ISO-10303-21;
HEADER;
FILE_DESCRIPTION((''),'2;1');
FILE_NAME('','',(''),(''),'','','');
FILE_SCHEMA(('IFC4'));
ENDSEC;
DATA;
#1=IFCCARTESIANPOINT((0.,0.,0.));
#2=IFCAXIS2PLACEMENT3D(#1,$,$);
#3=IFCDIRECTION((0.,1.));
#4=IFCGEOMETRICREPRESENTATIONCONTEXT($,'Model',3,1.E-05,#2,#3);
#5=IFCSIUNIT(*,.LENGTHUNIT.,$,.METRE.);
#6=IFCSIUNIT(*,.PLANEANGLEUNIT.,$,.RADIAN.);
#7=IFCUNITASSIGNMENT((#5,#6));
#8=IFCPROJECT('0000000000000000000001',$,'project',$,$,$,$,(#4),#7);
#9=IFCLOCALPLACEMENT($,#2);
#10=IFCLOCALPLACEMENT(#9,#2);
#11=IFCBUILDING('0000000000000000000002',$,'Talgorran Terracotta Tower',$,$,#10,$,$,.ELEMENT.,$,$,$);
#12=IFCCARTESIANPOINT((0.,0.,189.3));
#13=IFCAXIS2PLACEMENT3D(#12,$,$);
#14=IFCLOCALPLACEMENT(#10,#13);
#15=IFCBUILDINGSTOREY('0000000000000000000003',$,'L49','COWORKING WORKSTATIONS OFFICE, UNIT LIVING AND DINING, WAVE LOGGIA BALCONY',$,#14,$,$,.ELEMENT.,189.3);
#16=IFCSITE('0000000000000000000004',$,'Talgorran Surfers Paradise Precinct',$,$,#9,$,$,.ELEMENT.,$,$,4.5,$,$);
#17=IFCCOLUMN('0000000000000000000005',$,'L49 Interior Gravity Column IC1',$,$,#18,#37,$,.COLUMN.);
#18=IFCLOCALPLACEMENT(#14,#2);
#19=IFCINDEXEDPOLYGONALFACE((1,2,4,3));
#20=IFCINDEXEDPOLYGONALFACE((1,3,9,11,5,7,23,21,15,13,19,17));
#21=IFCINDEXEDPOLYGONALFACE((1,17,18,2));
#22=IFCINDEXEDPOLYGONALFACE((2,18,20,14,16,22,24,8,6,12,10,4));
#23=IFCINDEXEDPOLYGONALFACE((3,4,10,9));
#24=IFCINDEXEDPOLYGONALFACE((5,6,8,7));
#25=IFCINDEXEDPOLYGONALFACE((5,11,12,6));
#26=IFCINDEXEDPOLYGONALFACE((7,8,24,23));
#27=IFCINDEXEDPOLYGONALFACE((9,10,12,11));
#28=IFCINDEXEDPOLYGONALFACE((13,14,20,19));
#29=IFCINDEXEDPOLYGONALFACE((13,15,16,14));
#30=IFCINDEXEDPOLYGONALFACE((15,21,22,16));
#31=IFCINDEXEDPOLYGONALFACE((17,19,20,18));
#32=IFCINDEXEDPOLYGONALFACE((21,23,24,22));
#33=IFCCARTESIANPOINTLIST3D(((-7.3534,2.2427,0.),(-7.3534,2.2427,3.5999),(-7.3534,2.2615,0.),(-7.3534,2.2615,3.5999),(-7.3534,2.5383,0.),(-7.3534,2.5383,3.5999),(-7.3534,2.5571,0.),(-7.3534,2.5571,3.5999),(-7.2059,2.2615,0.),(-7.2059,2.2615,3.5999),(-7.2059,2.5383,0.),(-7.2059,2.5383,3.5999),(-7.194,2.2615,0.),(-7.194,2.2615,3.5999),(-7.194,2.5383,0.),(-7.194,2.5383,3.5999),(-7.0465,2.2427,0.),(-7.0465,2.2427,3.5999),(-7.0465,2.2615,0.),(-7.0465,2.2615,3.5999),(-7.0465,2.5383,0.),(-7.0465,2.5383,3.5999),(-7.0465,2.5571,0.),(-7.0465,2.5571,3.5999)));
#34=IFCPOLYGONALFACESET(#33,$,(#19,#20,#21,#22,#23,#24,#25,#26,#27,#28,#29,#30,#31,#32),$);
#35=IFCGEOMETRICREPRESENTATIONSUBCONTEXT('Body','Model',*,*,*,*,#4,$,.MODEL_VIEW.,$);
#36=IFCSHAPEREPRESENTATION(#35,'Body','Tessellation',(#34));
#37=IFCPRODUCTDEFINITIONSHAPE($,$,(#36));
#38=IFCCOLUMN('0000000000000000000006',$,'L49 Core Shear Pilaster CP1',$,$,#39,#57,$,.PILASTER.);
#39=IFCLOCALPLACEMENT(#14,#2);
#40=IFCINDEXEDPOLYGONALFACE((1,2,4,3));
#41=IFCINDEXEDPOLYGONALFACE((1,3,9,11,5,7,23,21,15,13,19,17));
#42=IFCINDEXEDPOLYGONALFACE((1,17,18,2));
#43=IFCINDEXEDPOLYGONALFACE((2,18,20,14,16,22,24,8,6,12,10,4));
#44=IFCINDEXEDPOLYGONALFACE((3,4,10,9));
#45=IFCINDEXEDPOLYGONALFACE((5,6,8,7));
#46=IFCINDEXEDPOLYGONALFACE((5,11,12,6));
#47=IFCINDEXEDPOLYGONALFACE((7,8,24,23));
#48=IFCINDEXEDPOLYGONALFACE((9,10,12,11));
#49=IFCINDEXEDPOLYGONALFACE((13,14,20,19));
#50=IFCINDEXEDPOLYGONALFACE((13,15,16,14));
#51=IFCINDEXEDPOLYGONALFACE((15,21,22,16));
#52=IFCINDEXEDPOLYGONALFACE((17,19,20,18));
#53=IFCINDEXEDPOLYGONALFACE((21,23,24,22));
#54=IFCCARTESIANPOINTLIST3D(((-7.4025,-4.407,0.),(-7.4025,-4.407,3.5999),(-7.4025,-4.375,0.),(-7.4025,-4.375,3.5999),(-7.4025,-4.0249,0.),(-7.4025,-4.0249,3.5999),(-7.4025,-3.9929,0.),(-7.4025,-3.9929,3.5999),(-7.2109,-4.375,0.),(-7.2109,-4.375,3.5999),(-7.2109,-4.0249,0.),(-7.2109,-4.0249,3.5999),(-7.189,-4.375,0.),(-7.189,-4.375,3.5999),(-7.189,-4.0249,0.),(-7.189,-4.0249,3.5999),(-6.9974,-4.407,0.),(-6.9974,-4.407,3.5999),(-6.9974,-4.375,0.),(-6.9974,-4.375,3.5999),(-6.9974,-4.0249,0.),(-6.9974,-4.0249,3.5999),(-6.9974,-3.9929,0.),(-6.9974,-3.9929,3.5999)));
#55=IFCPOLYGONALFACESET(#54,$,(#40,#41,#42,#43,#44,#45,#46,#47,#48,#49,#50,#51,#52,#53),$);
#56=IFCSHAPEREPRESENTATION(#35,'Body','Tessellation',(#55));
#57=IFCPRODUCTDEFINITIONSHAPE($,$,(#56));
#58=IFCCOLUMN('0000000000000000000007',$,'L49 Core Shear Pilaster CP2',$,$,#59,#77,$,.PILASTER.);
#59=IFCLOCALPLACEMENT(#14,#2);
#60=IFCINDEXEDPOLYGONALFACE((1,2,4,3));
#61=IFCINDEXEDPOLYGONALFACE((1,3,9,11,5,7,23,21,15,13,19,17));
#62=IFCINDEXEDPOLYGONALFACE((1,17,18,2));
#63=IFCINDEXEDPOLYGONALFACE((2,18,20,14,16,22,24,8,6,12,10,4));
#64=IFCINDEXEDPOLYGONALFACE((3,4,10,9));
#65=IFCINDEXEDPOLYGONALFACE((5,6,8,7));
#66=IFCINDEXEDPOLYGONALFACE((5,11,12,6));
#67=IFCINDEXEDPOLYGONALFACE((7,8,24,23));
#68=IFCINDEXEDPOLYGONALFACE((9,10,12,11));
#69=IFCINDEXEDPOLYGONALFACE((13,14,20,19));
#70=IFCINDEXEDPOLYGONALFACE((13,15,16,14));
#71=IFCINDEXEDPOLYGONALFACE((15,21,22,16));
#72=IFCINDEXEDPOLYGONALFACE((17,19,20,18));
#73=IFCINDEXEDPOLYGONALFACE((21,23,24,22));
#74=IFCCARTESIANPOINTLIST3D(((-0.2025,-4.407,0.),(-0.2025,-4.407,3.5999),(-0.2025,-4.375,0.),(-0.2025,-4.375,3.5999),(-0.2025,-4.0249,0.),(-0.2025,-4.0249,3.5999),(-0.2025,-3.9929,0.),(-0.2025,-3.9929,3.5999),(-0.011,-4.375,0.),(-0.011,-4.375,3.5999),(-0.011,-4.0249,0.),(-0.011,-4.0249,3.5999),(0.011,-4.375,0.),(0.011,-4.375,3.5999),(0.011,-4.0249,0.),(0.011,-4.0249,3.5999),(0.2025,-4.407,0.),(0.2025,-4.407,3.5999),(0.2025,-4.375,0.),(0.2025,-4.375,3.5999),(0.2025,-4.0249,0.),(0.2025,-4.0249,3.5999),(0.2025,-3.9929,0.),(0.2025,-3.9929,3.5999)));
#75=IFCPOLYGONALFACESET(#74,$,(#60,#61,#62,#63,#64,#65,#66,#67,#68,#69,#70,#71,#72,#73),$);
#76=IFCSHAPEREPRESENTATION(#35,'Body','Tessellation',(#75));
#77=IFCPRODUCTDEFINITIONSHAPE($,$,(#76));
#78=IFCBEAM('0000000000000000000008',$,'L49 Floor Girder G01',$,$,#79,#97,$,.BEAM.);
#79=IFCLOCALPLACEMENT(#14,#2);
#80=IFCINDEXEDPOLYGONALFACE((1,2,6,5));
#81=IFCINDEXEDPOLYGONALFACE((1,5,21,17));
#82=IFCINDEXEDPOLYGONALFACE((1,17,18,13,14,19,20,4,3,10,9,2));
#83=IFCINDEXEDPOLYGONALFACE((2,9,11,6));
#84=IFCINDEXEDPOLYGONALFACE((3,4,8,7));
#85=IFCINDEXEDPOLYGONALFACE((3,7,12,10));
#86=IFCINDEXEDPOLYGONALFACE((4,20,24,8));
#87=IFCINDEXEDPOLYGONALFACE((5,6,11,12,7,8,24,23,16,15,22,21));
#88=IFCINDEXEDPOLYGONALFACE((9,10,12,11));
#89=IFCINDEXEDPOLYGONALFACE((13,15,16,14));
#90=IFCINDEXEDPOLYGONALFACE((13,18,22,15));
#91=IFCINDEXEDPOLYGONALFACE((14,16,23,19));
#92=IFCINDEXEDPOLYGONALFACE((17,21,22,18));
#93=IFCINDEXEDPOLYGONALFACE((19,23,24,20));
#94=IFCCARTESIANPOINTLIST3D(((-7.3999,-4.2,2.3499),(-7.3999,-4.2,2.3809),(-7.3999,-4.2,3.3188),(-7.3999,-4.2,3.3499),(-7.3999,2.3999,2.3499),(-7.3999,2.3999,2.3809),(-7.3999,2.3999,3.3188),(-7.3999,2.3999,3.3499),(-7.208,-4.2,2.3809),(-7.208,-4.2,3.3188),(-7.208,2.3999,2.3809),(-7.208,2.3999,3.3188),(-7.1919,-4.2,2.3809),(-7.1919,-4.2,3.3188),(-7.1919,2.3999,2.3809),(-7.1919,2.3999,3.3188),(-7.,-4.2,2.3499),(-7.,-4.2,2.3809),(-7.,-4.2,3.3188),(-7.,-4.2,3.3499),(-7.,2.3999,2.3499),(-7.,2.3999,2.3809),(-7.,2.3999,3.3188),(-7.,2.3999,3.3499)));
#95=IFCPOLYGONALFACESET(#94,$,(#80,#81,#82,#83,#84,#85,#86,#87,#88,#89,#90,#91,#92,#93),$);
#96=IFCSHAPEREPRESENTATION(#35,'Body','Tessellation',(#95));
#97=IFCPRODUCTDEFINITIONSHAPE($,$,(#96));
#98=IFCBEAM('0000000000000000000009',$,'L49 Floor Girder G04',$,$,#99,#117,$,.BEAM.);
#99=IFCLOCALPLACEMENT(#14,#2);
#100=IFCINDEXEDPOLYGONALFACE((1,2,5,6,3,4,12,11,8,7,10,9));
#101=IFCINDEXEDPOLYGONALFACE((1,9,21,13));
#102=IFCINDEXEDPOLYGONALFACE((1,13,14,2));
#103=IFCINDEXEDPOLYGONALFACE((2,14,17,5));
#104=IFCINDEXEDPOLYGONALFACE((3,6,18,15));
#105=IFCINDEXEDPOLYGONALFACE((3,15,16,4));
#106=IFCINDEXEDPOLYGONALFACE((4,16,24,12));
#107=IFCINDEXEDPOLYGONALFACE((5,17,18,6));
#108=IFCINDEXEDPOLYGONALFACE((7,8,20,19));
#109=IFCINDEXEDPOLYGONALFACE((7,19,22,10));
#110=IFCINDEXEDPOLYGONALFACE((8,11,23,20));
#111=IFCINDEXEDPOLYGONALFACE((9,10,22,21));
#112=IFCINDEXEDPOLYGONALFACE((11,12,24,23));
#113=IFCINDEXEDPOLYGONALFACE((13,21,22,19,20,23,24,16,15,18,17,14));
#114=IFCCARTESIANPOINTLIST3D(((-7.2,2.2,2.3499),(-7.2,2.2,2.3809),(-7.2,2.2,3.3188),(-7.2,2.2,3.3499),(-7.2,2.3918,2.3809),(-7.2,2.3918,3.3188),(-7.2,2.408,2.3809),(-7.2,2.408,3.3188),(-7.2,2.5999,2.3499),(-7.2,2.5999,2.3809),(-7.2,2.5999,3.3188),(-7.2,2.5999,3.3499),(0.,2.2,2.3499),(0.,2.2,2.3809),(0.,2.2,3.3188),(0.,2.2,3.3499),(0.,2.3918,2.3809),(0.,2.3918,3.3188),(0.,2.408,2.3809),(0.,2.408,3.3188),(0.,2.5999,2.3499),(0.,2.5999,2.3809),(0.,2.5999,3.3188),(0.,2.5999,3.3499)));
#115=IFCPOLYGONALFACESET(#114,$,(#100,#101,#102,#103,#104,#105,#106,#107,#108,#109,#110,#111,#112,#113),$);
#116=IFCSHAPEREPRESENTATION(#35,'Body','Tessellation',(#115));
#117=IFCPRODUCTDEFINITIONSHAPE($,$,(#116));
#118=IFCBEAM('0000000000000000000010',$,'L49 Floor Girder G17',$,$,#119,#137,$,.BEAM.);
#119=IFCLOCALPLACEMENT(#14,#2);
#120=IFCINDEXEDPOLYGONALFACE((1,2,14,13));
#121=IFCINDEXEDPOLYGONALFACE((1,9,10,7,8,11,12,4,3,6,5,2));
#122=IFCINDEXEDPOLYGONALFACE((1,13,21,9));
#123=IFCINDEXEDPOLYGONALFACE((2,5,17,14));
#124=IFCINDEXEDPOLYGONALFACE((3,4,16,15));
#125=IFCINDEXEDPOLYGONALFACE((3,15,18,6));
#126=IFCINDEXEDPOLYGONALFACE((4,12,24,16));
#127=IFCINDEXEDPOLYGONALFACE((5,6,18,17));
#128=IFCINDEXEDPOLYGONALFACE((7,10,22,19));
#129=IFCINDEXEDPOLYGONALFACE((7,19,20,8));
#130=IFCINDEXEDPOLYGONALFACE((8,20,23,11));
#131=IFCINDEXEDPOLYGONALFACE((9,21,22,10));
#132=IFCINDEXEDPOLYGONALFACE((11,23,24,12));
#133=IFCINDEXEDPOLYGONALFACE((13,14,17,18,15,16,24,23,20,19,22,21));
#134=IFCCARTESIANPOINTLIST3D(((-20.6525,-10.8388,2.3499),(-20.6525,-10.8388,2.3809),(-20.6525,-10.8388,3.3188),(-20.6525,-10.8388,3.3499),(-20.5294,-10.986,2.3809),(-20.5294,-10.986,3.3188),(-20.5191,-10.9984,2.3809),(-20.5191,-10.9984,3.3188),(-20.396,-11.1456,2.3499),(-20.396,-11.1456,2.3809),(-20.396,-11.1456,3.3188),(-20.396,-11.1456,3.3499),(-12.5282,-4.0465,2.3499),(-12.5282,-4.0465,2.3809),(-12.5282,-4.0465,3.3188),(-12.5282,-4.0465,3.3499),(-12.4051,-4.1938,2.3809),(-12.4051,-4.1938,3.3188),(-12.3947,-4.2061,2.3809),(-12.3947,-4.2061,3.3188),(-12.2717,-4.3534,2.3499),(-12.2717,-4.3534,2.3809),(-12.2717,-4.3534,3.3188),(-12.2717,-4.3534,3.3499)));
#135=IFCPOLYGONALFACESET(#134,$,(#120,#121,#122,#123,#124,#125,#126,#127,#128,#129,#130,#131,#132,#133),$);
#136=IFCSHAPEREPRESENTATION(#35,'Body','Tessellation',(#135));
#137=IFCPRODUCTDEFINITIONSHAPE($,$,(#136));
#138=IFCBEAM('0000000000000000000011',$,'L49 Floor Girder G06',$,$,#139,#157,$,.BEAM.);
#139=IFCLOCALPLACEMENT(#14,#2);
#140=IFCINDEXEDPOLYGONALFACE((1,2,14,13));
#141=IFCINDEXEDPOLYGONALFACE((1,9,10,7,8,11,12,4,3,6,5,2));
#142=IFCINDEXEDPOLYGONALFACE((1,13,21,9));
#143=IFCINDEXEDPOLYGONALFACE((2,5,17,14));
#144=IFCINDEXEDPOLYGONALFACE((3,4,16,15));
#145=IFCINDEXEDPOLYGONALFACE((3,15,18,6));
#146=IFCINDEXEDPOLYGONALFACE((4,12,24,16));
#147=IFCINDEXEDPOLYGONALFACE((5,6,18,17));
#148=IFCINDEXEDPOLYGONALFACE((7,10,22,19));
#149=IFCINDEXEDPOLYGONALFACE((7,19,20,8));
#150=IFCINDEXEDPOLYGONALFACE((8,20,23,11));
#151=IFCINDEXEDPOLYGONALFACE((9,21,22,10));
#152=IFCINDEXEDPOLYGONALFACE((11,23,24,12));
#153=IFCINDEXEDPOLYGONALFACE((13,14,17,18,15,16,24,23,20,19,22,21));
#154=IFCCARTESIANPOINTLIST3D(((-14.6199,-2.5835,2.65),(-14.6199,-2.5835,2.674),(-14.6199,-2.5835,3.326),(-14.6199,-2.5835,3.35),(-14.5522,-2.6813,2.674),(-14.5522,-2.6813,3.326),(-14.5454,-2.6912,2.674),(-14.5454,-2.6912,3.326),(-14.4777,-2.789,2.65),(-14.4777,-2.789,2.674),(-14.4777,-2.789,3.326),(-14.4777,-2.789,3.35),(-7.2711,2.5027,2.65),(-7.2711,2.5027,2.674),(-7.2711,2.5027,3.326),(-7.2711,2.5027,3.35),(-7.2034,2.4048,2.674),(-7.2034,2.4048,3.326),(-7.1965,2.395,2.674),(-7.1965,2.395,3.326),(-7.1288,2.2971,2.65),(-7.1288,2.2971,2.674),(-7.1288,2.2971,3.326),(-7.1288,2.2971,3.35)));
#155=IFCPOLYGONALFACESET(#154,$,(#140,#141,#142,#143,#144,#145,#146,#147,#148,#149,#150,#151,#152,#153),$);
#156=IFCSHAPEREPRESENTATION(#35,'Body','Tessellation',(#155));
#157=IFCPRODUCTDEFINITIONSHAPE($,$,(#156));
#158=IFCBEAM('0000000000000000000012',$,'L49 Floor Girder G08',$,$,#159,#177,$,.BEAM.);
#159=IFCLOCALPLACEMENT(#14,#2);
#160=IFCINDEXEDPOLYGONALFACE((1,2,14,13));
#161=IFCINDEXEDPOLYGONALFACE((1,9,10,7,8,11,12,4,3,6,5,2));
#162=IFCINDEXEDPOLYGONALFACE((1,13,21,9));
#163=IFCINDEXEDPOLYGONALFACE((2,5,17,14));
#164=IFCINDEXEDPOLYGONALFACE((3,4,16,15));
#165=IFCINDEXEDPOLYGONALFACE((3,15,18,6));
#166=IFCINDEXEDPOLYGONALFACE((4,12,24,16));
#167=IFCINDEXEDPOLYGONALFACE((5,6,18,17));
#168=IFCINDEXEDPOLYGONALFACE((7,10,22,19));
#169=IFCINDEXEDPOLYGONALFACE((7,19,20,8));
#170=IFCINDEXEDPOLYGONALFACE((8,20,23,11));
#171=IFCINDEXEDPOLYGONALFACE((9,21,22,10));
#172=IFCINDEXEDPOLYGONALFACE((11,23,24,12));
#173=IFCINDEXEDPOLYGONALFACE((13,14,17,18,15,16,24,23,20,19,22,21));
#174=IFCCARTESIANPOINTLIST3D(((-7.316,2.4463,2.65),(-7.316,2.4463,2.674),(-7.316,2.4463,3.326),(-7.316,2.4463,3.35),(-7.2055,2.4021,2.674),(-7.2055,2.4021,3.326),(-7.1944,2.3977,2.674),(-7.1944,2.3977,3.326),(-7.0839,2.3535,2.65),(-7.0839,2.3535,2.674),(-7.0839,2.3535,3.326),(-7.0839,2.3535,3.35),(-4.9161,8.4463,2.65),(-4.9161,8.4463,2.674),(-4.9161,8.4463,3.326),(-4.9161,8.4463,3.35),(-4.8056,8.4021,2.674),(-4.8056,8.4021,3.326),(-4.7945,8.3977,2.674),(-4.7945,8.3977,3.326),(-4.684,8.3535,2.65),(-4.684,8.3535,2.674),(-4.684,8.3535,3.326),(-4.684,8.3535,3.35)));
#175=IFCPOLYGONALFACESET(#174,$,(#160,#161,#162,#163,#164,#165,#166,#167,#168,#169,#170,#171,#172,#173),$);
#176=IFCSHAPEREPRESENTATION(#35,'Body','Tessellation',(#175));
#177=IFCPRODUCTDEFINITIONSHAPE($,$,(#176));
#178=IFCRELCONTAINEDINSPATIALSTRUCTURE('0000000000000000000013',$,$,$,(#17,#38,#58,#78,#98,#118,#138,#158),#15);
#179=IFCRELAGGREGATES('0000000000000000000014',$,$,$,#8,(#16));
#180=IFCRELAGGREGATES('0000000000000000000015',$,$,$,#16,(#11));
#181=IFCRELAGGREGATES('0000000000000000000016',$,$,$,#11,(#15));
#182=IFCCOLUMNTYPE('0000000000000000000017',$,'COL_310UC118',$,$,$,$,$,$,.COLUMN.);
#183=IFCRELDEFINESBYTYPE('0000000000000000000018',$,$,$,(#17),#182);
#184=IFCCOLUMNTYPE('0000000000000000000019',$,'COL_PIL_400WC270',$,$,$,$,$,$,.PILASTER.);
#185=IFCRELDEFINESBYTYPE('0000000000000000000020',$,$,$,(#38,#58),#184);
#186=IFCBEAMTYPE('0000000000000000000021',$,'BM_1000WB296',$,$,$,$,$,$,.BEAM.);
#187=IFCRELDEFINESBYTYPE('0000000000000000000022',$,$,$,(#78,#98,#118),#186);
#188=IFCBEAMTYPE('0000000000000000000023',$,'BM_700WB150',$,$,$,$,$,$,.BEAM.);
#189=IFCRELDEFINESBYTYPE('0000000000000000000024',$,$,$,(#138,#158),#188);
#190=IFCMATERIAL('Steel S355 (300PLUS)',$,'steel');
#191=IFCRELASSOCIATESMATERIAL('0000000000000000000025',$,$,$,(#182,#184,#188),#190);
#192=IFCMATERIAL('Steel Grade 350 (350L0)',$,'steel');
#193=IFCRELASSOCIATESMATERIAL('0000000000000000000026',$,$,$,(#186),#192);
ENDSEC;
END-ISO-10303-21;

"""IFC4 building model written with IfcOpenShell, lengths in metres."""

from ifc_helpers import new_model, si_unit, direction, frame, origin, origin_2d, place, context, subcontext, project, spatial, i_section, extrude, material, material_profile, profile_set, type_object, element, save


model = new_model("IFC4")

# Units and contexts
model_context = context("Model", 3, precision=1e-05, world=origin(), true_north=direction((0.0, 1.0)))
body_context = subcontext(model_context, "Body", "Model", "MODEL_VIEW")
ifc_project = project(units=[si_unit("LENGTHUNIT", "METRE"), si_unit("PLANEANGLEUNIT", "RADIAN")], contexts=[model_context])

# Site, building, storey
site_placement = place(None, origin())
site = spatial("IfcSite", under=ifc_project, at=site_placement, Name="Talgorran Surfers Paradise Precinct", CompositionType="ELEMENT", RefElevation=4.5)
building_placement = place(site_placement, origin())
building = spatial("IfcBuilding", under=site, at=building_placement, Name="Talgorran Terracotta Tower", CompositionType="ELEMENT")
storey_placement = place(building_placement, frame((0.0, 0.0, 189.3)))
storey = spatial("IfcBuildingStorey", under=building, at=storey_placement, Name="L49", Description="COWORKING WORKSTATIONS OFFICE, UNIT LIVING AND DINING, WAVE LOGGIA BALCONY", CompositionType="ELEMENT", Elevation=189.3)

# Columns
ifc_material_1 = material(Name="Steel S355 (300PLUS)", Category="steel")
ifc_material_profile_1 = material_profile(ifc_material_1, i_section(OverallWidth=0.3069, OverallDepth=0.3145, WebThickness=0.012, FlangeThickness=0.0188, at=origin_2d()), Name="310UC118")
ifc_profile_set_1 = profile_set([ifc_material_profile_1], Name="Steel S355 (300PLUS)")
column_type_1 = type_object("IfcColumnType", Name="COL_310UC118", PredefinedType="COLUMN", material=ifc_profile_set_1)
column_placement = place(storey_placement, frame((-7.2, 2.3999, 0.0), z_axis=(0.0, 0.0, 1.0), x_axis=(1.0, 0.0, 0.0)))
element("IfcColumn", 1, at=column_placement, inside=storey, type_object=column_type_1, Name="L49 Interior Gravity Column IC1", PredefinedType="COLUMN", context=body_context, shape_type="SweptSolid", body=[
    extrude(i_section(OverallWidth=0.3069, OverallDepth=0.3145, WebThickness=0.012, FlangeThickness=0.0188, at=origin_2d()), origin(), (0.0, 0.0, 1.0), 3.5999),
])
ifc_material_profile_2 = material_profile(ifc_material_1, i_section(OverallWidth=0.405, OverallDepth=0.4141, WebThickness=0.022, FlangeThickness=0.032, at=origin_2d()), Name="400WC270")
ifc_profile_set_2 = profile_set([ifc_material_profile_2], Name="Steel S355 (300PLUS)")
column_type_2 = type_object("IfcColumnType", Name="COL_PIL_400WC270", PredefinedType="PILASTER", material=ifc_profile_set_2)
for number, where, z_axis, x_axis, name in (
    (2, (-7.2, -4.2, 0.0), (0.0, 0.0, 1.0), (1.0, 0.0, 0.0), "L49 Core Shear Pilaster CP1"),
    (3, (0.0, -4.2, 0.0), (0.0, 0.0, 1.0), (1.0, 0.0, 0.0), "L49 Core Shear Pilaster CP2"),
):
    element("IfcColumn", number, at=place(storey_placement, frame(where, z_axis=z_axis, x_axis=x_axis)), inside=storey, type_object=column_type_2, Name=name, PredefinedType="PILASTER", context=body_context, shape_type="SweptSolid", body=[
        extrude(i_section(OverallWidth=0.405, OverallDepth=0.4141, WebThickness=0.022, FlangeThickness=0.032, at=origin_2d()), origin(), (0.0, 0.0, 1.0), 3.5999),
    ])

# Beams
ifc_material_2 = material(Name="Steel Grade 350 (350L0)", Category="steel")
ifc_material_profile_3 = material_profile(ifc_material_2, i_section(OverallWidth=0.3999, OverallDepth=1.0, WebThickness=0.0161, FlangeThickness=0.031, at=origin_2d()), Name="1000WB296")
ifc_profile_set_3 = profile_set([ifc_material_profile_3], Name="Steel Grade 350 (350L0)")
beam_type_1 = type_object("IfcBeamType", Name="BM_1000WB296", PredefinedType="BEAM", material=ifc_profile_set_3)
beam_1_placement = place(storey_placement, frame((-7.2, -4.2, 2.8499), z_axis=(0.0, 1.0, 0.0), x_axis=(-1.0, 0.0, 0.0)))
element("IfcBeam", 4, at=beam_1_placement, inside=storey, type_object=beam_type_1, Name="L49 Floor Girder G01", PredefinedType="BEAM", context=body_context, shape_type="SweptSolid", body=[
    extrude(i_section(OverallWidth=0.3999, OverallDepth=1.0, WebThickness=0.0161, FlangeThickness=0.031, at=origin_2d()), origin(), (0.0, 0.0, 1.0), 6.5999),
])
beam_2_placement = place(storey_placement, frame((-7.2, 2.3999, 2.8499), z_axis=(1.0, 0.0, 0.0), x_axis=(0.0, 1.0, 0.0)))
element("IfcBeam", 5, at=beam_2_placement, inside=storey, type_object=beam_type_1, Name="L49 Floor Girder G04", PredefinedType="BEAM", context=body_context, shape_type="SweptSolid", body=[
    extrude(i_section(OverallWidth=0.3999, OverallDepth=1.0, WebThickness=0.0161, FlangeThickness=0.031, at=origin_2d()), origin(), (0.0, 0.0, 1.0), 7.2),
])
beam_3_placement = place(storey_placement, frame((-12.3999, -4.2, 2.8499), z_axis=(-0.767198, -0.64141, 0.0), x_axis=(0.64141, -0.767198, 0.0)))
element("IfcBeam", 6, at=beam_3_placement, inside=storey, type_object=beam_type_1, Name="L49 Floor Girder G17", PredefinedType="BEAM", context=body_context, shape_type="SweptSolid", body=[
    extrude(i_section(OverallWidth=0.3999, OverallDepth=1.0, WebThickness=0.0161, FlangeThickness=0.031, at=origin_2d()), origin(), (0.0, 0.0, 1.0), 10.5896),
])
ifc_material_profile_4 = material_profile(ifc_material_1, i_section(OverallWidth=0.25, OverallDepth=0.7, WebThickness=0.012, FlangeThickness=0.0239, at=origin_2d()), Name="700WB150")
ifc_profile_set_4 = profile_set([ifc_material_profile_4], Name="Steel S355 (300PLUS)")
beam_type_2 = type_object("IfcBeamType", Name="BM_700WB150", PredefinedType="BEAM", material=ifc_profile_set_4)
beam_4_placement = place(storey_placement, frame((-7.2, 2.3999, 3.0), z_axis=(-0.822271, -0.569096, 0.0), x_axis=(0.569096, -0.822271, 0.0)))
element("IfcBeam", 7, at=beam_4_placement, inside=storey, type_object=beam_type_2, Name="L49 Floor Girder G06", PredefinedType="BEAM", context=body_context, shape_type="SweptSolid", body=[
    extrude(i_section(OverallWidth=0.25, OverallDepth=0.7, WebThickness=0.012, FlangeThickness=0.0239, at=origin_2d()), origin(), (0.0, 0.0, 1.0), 8.9373),
])
beam_5_placement = place(storey_placement, frame((-7.2, 2.3999, 3.0), z_axis=(0.371378, 0.928482, 0.0), x_axis=(-0.928482, 0.371378, 0.0)))
element("IfcBeam", 8, at=beam_5_placement, inside=storey, type_object=beam_type_2, Name="L49 Floor Girder G08", PredefinedType="BEAM", context=body_context, shape_type="SweptSolid", body=[
    extrude(i_section(OverallWidth=0.25, OverallDepth=0.7, WebThickness=0.012, FlangeThickness=0.0239, at=origin_2d()), origin(), (0.0, 0.0, 1.0), 6.4622),
])

save(model, "model.ifc")
